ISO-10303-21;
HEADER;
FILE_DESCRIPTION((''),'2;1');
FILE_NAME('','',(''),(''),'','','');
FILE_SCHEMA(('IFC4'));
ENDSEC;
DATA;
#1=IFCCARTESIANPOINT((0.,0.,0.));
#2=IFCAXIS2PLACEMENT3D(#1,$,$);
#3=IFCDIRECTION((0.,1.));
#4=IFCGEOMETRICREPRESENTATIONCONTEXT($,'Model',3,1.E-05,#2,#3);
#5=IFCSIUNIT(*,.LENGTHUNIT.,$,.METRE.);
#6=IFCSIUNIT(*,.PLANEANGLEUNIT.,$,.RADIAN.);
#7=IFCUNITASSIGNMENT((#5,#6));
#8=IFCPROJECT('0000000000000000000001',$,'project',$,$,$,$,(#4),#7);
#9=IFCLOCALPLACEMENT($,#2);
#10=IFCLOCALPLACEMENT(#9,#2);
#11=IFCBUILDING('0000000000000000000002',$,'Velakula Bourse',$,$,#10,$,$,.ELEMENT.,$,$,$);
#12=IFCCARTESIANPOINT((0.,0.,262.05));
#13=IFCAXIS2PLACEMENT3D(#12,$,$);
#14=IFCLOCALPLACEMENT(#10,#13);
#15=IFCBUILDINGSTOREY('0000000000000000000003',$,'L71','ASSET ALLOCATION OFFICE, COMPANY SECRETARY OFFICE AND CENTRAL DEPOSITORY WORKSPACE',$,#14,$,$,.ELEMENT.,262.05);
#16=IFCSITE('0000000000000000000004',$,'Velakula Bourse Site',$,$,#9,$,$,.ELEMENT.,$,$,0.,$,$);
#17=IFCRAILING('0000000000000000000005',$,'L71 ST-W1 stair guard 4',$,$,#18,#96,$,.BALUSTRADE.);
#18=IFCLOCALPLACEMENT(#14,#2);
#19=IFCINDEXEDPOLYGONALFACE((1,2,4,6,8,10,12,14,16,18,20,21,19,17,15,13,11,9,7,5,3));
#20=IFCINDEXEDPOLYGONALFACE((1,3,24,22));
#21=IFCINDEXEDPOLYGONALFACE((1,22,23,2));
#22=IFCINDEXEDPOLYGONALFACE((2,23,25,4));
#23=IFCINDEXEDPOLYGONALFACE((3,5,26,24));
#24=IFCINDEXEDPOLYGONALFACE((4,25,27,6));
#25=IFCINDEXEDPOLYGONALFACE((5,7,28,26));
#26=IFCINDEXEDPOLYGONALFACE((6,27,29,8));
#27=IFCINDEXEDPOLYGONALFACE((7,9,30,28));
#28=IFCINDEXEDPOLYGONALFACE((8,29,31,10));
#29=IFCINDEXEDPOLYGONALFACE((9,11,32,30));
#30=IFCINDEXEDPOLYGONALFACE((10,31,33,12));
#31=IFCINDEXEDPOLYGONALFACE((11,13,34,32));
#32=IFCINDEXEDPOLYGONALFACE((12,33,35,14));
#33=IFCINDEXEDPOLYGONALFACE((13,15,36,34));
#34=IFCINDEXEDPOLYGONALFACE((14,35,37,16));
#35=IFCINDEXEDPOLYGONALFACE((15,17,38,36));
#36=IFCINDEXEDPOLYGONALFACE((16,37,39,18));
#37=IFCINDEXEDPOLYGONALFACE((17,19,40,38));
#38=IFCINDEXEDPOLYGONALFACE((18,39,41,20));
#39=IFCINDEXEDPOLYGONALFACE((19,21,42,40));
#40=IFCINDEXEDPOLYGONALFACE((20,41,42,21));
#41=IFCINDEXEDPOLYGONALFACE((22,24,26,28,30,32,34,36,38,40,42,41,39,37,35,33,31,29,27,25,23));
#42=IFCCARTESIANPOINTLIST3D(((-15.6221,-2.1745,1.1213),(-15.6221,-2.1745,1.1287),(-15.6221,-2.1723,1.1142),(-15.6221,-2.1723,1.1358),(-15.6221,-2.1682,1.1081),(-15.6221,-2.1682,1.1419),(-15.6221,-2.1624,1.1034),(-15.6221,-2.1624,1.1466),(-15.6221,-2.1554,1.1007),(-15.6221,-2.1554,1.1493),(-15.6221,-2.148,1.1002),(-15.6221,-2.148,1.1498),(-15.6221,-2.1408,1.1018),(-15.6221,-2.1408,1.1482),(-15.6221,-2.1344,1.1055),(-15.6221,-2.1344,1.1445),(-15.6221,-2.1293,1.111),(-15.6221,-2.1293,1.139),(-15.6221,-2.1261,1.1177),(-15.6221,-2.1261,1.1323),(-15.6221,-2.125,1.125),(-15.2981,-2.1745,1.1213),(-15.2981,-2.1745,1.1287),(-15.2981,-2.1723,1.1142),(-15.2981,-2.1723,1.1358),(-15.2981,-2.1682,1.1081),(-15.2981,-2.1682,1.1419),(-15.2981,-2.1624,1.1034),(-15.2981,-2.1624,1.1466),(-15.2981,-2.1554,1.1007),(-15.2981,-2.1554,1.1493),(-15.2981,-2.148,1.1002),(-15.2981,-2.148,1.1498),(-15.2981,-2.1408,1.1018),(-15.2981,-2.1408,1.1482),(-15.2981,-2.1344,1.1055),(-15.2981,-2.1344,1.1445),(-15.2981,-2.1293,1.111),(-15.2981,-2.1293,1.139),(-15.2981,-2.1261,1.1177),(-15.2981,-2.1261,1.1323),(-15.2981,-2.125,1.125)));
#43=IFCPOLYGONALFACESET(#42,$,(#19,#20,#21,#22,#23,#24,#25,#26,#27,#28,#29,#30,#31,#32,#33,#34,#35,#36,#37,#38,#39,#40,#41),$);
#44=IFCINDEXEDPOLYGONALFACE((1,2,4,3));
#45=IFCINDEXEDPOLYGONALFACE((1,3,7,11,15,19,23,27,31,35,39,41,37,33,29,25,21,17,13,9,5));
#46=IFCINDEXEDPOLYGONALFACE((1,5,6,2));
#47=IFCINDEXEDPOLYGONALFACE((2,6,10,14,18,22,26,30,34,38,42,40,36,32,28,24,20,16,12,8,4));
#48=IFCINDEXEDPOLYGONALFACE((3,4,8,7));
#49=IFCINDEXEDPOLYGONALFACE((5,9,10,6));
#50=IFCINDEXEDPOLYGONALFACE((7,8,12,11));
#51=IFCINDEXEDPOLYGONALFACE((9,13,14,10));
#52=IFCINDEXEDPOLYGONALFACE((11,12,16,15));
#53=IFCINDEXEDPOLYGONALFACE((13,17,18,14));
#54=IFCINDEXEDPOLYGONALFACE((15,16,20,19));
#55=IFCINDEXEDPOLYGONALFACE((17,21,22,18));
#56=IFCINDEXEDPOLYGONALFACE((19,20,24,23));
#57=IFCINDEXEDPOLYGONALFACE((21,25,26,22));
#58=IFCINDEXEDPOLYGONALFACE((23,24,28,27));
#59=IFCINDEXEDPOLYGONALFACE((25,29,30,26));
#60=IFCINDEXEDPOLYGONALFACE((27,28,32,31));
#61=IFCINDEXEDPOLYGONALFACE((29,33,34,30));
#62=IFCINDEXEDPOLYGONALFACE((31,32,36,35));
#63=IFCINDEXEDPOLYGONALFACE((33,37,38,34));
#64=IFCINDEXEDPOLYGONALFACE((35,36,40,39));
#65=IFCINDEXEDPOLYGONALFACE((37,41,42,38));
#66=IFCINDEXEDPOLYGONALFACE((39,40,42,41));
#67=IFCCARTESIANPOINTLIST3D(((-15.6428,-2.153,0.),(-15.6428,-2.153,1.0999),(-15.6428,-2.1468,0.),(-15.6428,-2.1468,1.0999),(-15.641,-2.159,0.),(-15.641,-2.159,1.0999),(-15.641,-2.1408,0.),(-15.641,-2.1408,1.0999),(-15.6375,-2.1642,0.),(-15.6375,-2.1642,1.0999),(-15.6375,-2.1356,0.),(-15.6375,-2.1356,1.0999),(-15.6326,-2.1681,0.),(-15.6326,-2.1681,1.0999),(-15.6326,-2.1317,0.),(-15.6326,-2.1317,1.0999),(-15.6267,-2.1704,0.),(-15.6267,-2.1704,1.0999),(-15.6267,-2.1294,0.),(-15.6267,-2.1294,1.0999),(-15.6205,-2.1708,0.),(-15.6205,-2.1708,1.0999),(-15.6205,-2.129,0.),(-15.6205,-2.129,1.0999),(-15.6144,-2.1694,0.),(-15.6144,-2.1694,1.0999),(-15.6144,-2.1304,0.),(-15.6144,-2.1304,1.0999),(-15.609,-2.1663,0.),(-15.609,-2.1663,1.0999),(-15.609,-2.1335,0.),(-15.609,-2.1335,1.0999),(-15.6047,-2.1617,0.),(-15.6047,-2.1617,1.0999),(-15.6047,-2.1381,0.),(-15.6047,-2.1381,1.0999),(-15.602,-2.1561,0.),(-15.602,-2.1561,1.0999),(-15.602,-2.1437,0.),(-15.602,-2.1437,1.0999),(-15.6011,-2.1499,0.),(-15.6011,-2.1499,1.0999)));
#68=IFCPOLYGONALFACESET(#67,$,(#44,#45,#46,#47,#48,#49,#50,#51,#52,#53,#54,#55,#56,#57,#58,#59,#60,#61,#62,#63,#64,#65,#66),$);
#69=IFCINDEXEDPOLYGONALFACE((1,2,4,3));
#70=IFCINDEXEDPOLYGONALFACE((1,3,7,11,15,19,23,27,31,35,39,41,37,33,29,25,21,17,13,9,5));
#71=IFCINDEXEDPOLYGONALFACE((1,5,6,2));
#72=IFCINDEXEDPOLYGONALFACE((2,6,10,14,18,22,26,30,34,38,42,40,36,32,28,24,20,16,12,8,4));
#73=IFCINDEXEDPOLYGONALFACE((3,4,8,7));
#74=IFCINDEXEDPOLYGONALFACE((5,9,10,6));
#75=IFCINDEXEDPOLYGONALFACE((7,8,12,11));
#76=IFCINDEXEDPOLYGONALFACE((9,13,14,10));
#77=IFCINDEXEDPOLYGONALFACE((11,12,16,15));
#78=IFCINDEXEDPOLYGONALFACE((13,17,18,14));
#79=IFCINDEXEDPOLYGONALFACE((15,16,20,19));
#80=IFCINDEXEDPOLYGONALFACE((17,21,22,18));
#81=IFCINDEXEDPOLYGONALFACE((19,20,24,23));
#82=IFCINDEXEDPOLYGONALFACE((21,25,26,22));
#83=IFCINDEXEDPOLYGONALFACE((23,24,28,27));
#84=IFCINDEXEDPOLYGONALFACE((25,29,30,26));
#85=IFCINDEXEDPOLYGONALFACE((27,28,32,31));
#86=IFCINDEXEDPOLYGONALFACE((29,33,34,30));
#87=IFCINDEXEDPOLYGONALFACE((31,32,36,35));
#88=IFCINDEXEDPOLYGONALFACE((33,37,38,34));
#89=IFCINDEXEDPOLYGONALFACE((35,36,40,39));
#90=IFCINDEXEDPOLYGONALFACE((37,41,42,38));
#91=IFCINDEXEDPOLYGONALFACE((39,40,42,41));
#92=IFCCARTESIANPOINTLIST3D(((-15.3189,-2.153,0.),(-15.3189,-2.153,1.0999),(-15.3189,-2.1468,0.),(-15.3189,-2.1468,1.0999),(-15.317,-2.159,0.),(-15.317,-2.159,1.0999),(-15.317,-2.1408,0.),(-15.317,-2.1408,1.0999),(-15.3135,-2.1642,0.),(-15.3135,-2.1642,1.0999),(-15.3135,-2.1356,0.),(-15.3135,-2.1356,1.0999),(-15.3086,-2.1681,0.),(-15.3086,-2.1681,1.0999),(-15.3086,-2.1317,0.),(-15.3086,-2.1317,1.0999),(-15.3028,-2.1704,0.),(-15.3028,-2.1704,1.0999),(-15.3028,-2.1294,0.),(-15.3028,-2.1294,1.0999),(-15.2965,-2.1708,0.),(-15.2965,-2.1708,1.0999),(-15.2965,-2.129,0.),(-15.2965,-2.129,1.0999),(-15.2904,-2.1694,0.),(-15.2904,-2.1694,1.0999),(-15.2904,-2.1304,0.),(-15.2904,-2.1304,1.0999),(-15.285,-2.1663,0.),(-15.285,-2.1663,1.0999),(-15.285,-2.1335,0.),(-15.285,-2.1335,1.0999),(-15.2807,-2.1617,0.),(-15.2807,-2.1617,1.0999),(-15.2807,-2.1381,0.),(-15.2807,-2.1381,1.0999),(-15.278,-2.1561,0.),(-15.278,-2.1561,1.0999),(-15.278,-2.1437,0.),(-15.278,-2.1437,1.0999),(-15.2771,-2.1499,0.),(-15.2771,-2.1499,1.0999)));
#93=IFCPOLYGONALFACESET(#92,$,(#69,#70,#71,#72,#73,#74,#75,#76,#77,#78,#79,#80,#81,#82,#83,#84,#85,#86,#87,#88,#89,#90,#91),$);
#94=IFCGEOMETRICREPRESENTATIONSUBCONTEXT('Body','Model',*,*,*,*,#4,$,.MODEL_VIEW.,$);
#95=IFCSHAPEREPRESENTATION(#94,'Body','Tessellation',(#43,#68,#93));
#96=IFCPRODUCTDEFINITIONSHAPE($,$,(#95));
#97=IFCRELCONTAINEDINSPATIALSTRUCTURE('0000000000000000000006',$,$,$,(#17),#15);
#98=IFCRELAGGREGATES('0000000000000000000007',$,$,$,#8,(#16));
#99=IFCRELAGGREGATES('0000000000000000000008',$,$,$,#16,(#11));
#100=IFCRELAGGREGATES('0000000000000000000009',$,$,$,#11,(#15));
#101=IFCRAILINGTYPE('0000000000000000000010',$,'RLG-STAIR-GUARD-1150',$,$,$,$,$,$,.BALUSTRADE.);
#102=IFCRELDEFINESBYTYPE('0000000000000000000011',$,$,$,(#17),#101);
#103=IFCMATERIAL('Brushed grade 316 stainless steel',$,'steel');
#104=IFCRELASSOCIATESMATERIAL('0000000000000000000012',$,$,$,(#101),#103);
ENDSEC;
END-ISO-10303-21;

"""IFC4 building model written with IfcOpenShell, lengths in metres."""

from ifc_helpers import new_model, si_unit, direction, frame, origin, origin_2d, place, context, subcontext, project, spatial, circle, extrude, material, type_object, element, save


model = new_model("IFC4")

# Units and contexts
model_context = context("Model", 3, precision=1e-05, world=origin(), true_north=direction((0.0, 1.0)))
body_context = subcontext(model_context, "Body", "Model", "MODEL_VIEW")
ifc_project = project(units=[si_unit("LENGTHUNIT", "METRE"), si_unit("PLANEANGLEUNIT", "RADIAN")], contexts=[model_context])

# Site, building, storey
site_placement = place(None, origin())
site = spatial("IfcSite", under=ifc_project, at=site_placement, Name="Velakula Bourse Site", CompositionType="ELEMENT", RefElevation=0.0)
building_placement = place(site_placement, origin())
building = spatial("IfcBuilding", under=site, at=building_placement, Name="Velakula Bourse", CompositionType="ELEMENT")
storey_placement = place(building_placement, frame((0.0, 0.0, 262.05)))
storey = spatial("IfcBuildingStorey", under=building, at=storey_placement, Name="L71", Description="ASSET ALLOCATION OFFICE, COMPANY SECRETARY OFFICE AND CENTRAL DEPOSITORY WORKSPACE", CompositionType="ELEMENT", Elevation=262.05)

# Shared definitions
ifc_material_1 = material(Name="Brushed grade 316 stainless steel", Category="steel")

# Railing
railing_type = type_object("IfcRailingType", Name="RLG-STAIR-GUARD-1150", PredefinedType="BALUSTRADE", material=ifc_material_1)
railing_1_placement = place(storey_placement, frame((-15.6221, -2.1499, 0.0)))
element("IfcRailing", 1, at=railing_1_placement, inside=storey, type_object=railing_type, Name="L71 ST-W1 stair guard 4", PredefinedType="BALUSTRADE", context=body_context, shape_type="SweptSolid", body=[
    extrude(circle(Radius=0.0249, at=origin_2d()), frame((0.0, 0.0, 1.125), z_axis=(1.0, 0.0, 0.0), x_axis=(0.0, 1.0, 0.0)), (0.0, 0.0, 1.0), 0.324),
    extrude(circle(Radius=0.021, at=origin_2d()), origin(), (0.0, 0.0, 1.0), 1.0999),
    extrude(circle(Radius=0.021, at=origin_2d()), frame((0.324, 0.0, 0.0)), (0.0, 0.0, 1.0), 1.0999),
])

save(model, "model.ifc")
